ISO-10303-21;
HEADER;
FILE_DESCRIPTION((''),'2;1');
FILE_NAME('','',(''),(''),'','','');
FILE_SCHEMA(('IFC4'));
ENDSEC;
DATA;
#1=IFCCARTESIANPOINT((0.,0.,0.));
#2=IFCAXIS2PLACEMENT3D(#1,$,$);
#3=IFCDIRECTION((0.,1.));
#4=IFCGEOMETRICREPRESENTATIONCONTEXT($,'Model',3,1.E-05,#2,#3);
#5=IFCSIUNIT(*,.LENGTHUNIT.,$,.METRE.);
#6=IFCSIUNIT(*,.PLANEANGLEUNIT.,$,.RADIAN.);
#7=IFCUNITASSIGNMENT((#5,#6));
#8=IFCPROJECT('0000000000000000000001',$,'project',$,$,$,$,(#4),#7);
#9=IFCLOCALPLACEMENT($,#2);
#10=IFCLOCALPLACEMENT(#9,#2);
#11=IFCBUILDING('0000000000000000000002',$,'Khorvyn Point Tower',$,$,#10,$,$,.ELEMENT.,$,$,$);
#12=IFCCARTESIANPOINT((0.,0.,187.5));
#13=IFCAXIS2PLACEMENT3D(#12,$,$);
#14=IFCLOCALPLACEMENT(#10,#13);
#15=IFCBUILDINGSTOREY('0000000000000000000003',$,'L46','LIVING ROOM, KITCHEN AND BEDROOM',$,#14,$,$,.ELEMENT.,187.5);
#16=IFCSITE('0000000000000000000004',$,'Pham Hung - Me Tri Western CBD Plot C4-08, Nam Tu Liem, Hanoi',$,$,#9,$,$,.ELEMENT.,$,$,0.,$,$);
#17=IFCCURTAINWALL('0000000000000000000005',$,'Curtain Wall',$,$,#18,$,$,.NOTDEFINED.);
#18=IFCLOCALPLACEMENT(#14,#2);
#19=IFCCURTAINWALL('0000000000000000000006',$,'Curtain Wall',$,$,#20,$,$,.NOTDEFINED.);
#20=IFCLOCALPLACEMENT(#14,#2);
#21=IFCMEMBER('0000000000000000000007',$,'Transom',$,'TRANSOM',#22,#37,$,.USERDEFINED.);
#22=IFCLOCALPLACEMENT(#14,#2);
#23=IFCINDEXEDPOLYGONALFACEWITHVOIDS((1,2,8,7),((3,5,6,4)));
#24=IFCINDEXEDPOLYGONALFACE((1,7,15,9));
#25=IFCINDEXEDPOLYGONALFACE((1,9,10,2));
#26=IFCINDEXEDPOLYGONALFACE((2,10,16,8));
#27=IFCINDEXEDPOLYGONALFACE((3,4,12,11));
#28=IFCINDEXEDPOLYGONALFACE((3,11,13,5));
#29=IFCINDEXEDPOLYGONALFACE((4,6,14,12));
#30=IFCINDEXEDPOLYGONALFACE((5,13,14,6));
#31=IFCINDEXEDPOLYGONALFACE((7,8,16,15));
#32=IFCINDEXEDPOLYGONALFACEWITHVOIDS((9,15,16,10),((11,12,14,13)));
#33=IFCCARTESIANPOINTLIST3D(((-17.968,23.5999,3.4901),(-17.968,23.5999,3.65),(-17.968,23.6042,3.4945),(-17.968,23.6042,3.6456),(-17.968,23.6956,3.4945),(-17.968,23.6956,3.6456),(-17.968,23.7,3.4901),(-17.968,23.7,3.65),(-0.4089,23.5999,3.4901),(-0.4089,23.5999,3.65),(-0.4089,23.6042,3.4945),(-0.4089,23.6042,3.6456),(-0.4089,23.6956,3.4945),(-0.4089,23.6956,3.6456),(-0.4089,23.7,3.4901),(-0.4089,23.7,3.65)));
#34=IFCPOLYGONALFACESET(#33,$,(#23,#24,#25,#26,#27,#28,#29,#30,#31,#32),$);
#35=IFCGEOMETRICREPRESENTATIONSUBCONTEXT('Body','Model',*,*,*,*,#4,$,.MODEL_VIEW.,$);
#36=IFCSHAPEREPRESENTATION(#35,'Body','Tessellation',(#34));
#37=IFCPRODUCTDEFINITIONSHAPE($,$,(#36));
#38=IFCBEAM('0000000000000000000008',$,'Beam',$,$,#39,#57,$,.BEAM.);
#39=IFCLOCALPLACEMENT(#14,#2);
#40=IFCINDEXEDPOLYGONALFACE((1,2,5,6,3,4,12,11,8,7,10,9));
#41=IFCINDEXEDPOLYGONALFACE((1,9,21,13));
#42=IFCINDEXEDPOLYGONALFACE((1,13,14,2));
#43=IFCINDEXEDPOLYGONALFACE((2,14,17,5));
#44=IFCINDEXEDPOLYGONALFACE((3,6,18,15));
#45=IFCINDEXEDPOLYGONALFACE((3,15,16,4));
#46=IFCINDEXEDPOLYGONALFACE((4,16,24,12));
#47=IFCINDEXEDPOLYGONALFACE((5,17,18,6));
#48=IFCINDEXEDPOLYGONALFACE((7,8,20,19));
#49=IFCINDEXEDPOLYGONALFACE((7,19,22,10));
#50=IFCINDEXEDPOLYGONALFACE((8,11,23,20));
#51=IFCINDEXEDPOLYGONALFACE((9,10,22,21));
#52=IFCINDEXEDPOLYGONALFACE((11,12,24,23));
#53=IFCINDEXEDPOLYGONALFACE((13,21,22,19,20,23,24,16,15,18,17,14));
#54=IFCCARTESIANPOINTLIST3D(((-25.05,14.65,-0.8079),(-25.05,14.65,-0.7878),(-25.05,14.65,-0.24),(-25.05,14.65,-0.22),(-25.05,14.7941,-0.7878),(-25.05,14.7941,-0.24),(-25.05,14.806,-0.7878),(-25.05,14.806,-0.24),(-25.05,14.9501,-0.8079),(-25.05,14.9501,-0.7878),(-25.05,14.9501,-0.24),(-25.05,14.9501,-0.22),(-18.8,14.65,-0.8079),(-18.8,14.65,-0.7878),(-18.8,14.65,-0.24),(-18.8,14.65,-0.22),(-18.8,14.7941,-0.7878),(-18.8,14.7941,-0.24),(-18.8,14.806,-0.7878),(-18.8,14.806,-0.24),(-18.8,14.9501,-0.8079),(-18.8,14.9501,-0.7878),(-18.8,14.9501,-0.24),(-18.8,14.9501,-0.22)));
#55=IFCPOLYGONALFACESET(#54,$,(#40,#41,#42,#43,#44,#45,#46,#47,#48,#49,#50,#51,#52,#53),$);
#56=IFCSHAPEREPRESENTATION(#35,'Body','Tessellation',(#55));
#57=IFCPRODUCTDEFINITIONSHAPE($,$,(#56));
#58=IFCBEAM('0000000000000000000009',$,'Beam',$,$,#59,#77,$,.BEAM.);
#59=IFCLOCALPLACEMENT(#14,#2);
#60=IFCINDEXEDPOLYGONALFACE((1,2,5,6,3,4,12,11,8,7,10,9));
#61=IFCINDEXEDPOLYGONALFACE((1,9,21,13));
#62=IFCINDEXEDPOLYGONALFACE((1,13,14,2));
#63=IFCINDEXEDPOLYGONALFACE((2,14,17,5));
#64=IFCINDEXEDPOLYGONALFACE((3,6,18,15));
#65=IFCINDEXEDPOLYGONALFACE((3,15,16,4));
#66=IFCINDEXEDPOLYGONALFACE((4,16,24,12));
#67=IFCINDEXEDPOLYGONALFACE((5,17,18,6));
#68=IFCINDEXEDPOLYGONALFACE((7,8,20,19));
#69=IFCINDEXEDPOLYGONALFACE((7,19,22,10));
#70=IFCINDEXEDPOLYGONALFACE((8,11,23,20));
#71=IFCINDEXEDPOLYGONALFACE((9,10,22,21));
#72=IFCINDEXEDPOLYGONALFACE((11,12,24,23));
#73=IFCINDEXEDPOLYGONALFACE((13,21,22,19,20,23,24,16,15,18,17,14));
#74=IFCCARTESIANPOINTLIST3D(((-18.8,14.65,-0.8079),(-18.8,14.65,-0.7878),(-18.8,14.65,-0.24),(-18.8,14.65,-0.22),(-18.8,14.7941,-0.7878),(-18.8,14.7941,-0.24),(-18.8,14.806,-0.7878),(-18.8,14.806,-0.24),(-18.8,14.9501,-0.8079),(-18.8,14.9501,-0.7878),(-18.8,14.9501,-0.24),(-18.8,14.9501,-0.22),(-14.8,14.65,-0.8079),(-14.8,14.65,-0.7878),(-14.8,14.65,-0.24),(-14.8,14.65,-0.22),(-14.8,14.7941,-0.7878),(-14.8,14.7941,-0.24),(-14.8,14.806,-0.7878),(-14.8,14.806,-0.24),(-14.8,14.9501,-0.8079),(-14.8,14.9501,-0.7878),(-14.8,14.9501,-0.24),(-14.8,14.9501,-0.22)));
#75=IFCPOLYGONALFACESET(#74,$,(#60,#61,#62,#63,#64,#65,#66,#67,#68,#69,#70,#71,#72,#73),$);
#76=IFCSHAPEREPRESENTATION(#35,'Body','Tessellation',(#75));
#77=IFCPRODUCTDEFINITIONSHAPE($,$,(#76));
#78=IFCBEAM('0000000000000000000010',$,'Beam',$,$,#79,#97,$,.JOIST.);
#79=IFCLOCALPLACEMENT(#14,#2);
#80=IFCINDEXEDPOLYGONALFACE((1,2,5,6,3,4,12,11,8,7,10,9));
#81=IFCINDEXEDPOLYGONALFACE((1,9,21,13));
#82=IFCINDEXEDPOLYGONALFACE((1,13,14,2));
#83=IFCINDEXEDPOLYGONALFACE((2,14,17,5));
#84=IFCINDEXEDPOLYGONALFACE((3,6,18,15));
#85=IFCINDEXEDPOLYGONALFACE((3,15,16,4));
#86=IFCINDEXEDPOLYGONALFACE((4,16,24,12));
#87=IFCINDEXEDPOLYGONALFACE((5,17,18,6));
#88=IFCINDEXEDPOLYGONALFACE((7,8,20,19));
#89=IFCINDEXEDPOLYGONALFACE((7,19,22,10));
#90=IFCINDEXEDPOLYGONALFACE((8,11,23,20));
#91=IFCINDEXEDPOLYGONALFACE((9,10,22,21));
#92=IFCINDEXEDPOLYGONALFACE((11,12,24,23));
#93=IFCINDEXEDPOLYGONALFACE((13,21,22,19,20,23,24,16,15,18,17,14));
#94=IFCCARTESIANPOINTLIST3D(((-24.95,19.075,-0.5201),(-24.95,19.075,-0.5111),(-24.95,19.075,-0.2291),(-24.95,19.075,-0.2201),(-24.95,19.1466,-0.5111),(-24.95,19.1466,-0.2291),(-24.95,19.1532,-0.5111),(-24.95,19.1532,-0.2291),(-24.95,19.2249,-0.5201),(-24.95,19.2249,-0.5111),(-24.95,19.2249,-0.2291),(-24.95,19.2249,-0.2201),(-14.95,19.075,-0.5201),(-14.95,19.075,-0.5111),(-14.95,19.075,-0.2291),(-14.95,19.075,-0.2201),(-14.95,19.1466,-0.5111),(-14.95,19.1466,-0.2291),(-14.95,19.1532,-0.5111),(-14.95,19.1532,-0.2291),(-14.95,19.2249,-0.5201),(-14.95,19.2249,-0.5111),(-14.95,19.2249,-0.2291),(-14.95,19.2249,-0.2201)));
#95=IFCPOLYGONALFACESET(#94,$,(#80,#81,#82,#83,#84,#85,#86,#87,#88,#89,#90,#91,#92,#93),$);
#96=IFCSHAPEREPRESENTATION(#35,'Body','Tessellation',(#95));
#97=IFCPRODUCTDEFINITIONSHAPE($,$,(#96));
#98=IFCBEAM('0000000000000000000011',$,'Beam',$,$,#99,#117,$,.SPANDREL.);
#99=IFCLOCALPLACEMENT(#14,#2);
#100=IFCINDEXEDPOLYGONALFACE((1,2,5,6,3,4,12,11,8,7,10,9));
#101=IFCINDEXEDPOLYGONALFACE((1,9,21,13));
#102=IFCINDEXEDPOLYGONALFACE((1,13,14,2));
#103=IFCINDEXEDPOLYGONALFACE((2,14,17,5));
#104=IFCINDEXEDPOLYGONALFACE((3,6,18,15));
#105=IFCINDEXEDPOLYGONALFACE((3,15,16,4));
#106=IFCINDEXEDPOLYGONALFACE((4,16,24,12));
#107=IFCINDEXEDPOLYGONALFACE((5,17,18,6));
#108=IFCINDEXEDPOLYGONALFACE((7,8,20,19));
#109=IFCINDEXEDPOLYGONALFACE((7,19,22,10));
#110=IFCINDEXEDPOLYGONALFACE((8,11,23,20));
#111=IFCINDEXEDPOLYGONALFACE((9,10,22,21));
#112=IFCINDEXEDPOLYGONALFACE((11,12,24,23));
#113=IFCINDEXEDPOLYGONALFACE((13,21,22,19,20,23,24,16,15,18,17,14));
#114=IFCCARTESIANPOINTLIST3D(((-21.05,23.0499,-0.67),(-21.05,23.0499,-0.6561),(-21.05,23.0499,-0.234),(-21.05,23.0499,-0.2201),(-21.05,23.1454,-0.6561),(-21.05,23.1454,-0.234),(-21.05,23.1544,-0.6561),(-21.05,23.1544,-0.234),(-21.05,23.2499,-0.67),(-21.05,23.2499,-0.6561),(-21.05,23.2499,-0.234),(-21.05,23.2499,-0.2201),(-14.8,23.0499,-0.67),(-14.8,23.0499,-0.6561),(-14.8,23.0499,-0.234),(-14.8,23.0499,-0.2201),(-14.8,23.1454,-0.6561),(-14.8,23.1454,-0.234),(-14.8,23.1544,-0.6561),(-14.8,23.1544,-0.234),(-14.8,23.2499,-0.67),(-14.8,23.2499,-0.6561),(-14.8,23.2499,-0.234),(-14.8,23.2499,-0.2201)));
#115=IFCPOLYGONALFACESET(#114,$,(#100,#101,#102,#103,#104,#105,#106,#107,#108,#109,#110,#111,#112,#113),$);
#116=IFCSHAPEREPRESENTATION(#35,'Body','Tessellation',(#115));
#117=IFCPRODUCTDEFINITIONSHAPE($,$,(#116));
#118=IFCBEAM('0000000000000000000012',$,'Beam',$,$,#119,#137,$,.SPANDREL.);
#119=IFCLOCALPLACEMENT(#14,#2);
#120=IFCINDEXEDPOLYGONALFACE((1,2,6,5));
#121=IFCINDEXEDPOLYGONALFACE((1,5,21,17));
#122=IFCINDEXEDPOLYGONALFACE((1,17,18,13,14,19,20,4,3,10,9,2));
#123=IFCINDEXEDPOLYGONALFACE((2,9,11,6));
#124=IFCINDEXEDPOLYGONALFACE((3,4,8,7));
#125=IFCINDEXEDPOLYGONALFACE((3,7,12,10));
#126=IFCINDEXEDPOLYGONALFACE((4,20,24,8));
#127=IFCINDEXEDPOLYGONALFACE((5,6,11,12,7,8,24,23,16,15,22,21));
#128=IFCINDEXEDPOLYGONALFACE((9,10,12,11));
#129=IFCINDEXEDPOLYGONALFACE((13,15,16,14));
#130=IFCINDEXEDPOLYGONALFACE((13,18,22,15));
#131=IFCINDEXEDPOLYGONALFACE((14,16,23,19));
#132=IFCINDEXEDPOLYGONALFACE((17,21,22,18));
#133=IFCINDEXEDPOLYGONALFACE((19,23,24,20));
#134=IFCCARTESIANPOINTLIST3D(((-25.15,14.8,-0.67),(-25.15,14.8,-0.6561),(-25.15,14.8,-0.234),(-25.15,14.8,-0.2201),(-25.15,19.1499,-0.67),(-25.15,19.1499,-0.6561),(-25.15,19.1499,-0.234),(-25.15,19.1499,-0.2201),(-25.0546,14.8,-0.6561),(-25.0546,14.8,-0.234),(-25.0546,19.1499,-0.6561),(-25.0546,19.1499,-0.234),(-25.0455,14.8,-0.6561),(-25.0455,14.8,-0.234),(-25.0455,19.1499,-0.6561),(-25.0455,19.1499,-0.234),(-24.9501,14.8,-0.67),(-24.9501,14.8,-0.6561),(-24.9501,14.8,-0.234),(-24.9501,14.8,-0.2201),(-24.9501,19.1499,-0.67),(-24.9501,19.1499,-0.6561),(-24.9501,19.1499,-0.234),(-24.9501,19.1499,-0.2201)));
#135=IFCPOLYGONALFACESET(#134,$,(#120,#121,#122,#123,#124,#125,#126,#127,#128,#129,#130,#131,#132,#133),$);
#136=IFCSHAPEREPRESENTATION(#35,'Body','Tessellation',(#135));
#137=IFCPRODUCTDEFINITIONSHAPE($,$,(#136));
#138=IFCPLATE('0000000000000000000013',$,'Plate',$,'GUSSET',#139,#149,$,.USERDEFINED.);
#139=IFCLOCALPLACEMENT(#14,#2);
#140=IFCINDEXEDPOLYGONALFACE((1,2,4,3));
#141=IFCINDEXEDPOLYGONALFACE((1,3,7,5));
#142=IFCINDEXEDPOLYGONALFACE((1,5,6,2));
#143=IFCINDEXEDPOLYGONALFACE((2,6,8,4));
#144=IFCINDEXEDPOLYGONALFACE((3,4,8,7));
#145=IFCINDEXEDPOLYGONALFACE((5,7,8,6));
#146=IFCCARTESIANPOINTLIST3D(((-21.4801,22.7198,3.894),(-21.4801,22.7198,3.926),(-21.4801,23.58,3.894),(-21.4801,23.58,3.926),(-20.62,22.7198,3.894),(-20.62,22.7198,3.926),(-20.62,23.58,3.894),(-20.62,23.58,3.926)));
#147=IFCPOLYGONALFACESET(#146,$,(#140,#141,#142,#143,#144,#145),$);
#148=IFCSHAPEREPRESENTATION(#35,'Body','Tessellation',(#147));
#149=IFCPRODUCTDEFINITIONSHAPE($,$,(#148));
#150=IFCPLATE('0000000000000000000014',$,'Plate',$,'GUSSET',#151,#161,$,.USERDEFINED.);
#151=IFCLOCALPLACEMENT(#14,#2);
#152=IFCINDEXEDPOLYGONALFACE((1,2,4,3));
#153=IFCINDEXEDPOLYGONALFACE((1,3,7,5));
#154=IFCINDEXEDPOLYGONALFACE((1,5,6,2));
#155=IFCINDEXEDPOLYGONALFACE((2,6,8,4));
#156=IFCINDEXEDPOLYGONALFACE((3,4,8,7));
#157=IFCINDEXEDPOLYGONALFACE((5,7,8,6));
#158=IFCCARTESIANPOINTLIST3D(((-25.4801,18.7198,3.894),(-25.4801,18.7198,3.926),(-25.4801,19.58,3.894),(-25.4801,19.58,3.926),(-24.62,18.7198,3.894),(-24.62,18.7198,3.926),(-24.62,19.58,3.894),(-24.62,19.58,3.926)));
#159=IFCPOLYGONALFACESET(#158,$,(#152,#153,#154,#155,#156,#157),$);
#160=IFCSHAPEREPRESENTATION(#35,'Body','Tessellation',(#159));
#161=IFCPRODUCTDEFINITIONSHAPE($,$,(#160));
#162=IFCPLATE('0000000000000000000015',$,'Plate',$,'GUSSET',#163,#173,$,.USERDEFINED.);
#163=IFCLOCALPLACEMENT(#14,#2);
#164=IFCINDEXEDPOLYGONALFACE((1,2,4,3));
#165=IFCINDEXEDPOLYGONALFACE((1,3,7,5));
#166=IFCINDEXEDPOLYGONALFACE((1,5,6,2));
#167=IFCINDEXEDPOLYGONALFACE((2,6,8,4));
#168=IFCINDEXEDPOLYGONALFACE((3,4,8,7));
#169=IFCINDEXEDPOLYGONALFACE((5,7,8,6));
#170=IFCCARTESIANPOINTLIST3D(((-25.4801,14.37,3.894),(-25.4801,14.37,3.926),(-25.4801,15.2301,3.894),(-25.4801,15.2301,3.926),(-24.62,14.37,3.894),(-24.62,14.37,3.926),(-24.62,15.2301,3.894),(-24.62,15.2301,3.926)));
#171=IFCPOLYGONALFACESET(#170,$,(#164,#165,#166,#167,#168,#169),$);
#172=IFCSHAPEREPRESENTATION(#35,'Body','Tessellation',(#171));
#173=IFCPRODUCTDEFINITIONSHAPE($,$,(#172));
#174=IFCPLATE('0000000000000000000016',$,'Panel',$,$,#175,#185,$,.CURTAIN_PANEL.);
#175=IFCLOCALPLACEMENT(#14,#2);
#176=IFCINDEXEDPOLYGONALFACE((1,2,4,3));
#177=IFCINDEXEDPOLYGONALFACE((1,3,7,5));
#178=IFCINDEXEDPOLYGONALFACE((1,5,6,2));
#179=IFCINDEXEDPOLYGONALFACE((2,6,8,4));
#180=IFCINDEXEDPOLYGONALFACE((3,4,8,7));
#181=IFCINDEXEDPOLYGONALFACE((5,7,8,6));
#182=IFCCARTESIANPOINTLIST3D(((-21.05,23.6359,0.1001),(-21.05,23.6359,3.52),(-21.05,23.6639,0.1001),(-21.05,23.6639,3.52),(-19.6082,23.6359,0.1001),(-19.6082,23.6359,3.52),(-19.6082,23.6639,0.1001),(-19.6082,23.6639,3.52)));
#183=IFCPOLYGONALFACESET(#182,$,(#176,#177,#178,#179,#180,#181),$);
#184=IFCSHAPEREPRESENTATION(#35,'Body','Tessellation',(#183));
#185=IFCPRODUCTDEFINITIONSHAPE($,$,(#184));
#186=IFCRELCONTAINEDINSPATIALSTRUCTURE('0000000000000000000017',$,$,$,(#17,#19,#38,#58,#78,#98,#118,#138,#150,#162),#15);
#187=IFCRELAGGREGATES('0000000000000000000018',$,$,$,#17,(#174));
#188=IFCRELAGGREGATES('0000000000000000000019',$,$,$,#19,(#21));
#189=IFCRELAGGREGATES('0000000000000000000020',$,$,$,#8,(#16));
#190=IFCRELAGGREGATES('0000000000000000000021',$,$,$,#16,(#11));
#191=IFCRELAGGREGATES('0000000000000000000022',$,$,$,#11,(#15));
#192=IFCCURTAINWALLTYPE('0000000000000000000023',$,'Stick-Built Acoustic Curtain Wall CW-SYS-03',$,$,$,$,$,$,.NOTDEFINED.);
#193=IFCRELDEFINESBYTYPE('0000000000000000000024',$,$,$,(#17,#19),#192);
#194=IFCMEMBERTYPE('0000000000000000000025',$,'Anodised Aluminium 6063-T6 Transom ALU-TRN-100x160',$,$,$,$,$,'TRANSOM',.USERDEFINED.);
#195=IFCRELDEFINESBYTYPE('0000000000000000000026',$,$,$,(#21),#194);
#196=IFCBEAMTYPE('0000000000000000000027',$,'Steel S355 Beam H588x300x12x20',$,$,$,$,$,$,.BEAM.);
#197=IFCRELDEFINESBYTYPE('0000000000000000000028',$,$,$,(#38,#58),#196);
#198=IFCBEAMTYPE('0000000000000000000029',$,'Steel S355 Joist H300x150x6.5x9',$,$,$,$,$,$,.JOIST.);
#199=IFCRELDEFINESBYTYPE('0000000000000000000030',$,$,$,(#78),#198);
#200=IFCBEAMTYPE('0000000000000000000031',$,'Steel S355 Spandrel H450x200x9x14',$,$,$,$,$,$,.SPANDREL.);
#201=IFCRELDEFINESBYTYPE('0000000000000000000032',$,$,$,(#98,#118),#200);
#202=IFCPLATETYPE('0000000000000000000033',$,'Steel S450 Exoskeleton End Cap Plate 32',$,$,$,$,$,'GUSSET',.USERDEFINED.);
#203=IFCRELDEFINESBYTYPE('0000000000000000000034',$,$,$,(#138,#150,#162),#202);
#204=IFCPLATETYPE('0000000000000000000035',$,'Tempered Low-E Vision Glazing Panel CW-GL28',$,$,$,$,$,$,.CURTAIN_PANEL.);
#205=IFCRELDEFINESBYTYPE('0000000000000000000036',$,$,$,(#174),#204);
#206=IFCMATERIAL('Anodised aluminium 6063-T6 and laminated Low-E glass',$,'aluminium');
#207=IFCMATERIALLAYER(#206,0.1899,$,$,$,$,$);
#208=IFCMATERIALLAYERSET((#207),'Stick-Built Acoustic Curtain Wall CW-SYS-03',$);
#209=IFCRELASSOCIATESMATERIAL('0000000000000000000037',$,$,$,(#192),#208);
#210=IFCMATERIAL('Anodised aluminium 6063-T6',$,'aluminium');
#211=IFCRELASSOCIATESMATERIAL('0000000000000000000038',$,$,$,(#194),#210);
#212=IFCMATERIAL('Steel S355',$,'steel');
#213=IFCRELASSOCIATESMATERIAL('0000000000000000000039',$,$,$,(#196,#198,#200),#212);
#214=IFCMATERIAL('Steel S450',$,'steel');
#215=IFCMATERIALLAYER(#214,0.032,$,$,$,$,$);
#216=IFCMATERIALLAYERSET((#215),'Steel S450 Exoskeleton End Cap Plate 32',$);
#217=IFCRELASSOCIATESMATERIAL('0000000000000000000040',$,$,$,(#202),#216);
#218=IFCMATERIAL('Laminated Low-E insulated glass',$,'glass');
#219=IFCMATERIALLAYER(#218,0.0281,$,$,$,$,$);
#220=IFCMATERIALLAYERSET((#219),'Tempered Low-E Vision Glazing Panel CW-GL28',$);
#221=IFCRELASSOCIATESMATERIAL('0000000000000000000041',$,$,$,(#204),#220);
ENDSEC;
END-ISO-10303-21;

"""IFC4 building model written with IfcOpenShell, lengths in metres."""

from ifc_helpers import new_model, si_unit, direction, frame, origin, origin_2d, place, context, subcontext, project, spatial, rectangle, hollow_rectangle, i_section, extrude, material, layer, layer_set, material_profile, profile_set, type_object, element, aggregate, save


model = new_model("IFC4")

# Units and contexts
model_context = context("Model", 3, precision=1e-05, world=origin(), true_north=direction((0.0, 1.0)))
body_context = subcontext(model_context, "Body", "Model", "MODEL_VIEW")
ifc_project = project(units=[si_unit("LENGTHUNIT", "METRE"), si_unit("PLANEANGLEUNIT", "RADIAN")], contexts=[model_context])

# Site, building, storey
site_placement = place(None, origin())
site = spatial("IfcSite", under=ifc_project, at=site_placement, Name="Pham Hung - Me Tri Western CBD Plot C4-08, Nam Tu Liem, Hanoi", CompositionType="ELEMENT", RefElevation=0.0)
building_placement = place(site_placement, origin())
building = spatial("IfcBuilding", under=site, at=building_placement, Name="Khorvyn Point Tower", CompositionType="ELEMENT")
storey_placement = place(building_placement, frame((0.0, 0.0, 187.5)))
storey = spatial("IfcBuildingStorey", under=building, at=storey_placement, Name="L46", Description="LIVING ROOM, KITCHEN AND BEDROOM", CompositionType="ELEMENT", Elevation=187.5)

# Shared definitions
ifc_material_1 = material(Name="Steel S450", Category="steel")

# Curtain wall
ifc_material_2 = material(Name="Anodised aluminium 6063-T6 and laminated Low-E glass", Category="aluminium")
ifc_layer_1 = layer(ifc_material_2, 0.1899)
ifc_layer_set_1 = layer_set([ifc_layer_1], Name="Stick-Built Acoustic Curtain Wall CW-SYS-03")
curtain_wall_type = type_object("IfcCurtainWallType", Name="Stick-Built Acoustic Curtain Wall CW-SYS-03", PredefinedType="NOTDEFINED", material=ifc_layer_set_1)
curtain_wall_1_placement = place(storey_placement, origin())
curtain_wall_1 = element("IfcCurtainWall", 1, at=curtain_wall_1_placement, inside=storey, type_object=curtain_wall_type, Name="Curtain Wall", PredefinedType="NOTDEFINED")
ifc_material_3 = material(Name="Anodised aluminium 6063-T6", Category="aluminium")

# Curtain wall
curtain_wall_2_placement = place(storey_placement, origin())
curtain_wall_2 = element("IfcCurtainWall", 2, at=curtain_wall_2_placement, inside=storey, type_object=curtain_wall_type, Name="Curtain Wall", PredefinedType="NOTDEFINED")

# Member
ifc_material_profile_1 = material_profile(ifc_material_3, hollow_rectangle(XDim=0.1001, YDim=0.1599, WallThickness=0.0044, at=origin_2d()))
ifc_profile_set_1 = profile_set([ifc_material_profile_1], Name="Anodised aluminium 6063-T6 ALU-TRN-100x160")
member_type_1 = type_object("IfcMemberType", Name="Anodised Aluminium 6063-T6 Transom ALU-TRN-100x160", ElementType="TRANSOM", PredefinedType="USERDEFINED", material=ifc_profile_set_1)
member_1_placement = place(storey_placement, frame((-17.968, 23.6499, 3.5701), z_axis=(1.0, 0.0, 0.0), x_axis=(0.0, 1.0, 0.0)))
member_1 = element("IfcMember", 3, at=member_1_placement, type_object=member_type_1, Name="Transom", ObjectType="TRANSOM", PredefinedType="USERDEFINED", context=body_context, shape_type="SweptSolid", body=[
    extrude(hollow_rectangle(XDim=0.1001, YDim=0.1599, WallThickness=0.0044, at=origin_2d()), origin(), (0.0, 0.0, 1.0), 17.5591),
])

# Beams
ifc_material_4 = material(Name="Steel S355", Category="steel")
ifc_material_profile_2 = material_profile(ifc_material_4, i_section(OverallWidth=0.3, OverallDepth=0.5879, WebThickness=0.012, FlangeThickness=0.02, at=origin_2d()))
ifc_profile_set_2 = profile_set([ifc_material_profile_2], Name="Steel S355 H588x300x12x20")
beam_type_1 = type_object("IfcBeamType", Name="Steel S355 Beam H588x300x12x20", PredefinedType="BEAM", material=ifc_profile_set_2)
beam_1_placement = place(storey_placement, frame((-25.05, 14.8, -0.5139), z_axis=(1.0, 0.0, 0.0), x_axis=(0.0, 1.0, 0.0)))
element("IfcBeam", 4, at=beam_1_placement, inside=storey, type_object=beam_type_1, Name="Beam", PredefinedType="BEAM", context=body_context, shape_type="SweptSolid", body=[
    extrude(i_section(OverallWidth=0.3, OverallDepth=0.5879, WebThickness=0.012, FlangeThickness=0.02, at=origin_2d()), origin(), (0.0, 0.0, 1.0), 6.25),
])
beam_2_placement = place(storey_placement, frame((-18.8, 14.8, -0.5139), z_axis=(1.0, 0.0, 0.0), x_axis=(0.0, 1.0, 0.0)))
element("IfcBeam", 5, at=beam_2_placement, inside=storey, type_object=beam_type_1, Name="Beam", PredefinedType="BEAM", context=body_context, shape_type="SweptSolid", body=[
    extrude(i_section(OverallWidth=0.3, OverallDepth=0.5879, WebThickness=0.012, FlangeThickness=0.02, at=origin_2d()), origin(), (0.0, 0.0, 1.0), 4.0),
])
ifc_material_profile_3 = material_profile(ifc_material_4, i_section(OverallWidth=0.1499, OverallDepth=0.3, WebThickness=0.0066, FlangeThickness=0.009, at=origin_2d()))
ifc_profile_set_3 = profile_set([ifc_material_profile_3], Name="Steel S355 H300x150x6.5x9")
beam_type_2 = type_object("IfcBeamType", Name="Steel S355 Joist H300x150x6.5x9", PredefinedType="JOIST", material=ifc_profile_set_3)
beam_3_placement = place(storey_placement, frame((-24.95, 19.1499, -0.3701), z_axis=(1.0, 0.0, 0.0), x_axis=(0.0, 1.0, 0.0)))
element("IfcBeam", 6, at=beam_3_placement, inside=storey, type_object=beam_type_2, Name="Beam", PredefinedType="JOIST", context=body_context, shape_type="SweptSolid", body=[
    extrude(i_section(OverallWidth=0.1499, OverallDepth=0.3, WebThickness=0.0066, FlangeThickness=0.009, at=origin_2d()), origin(), (0.0, 0.0, 1.0), 10.0),
])
ifc_material_profile_4 = material_profile(ifc_material_4, i_section(OverallWidth=0.2, OverallDepth=0.45, WebThickness=0.009, FlangeThickness=0.0139, at=origin_2d()))
ifc_profile_set_4 = profile_set([ifc_material_profile_4], Name="Steel S355 H450x200x9x14")
beam_type_3 = type_object("IfcBeamType", Name="Steel S355 Spandrel H450x200x9x14", PredefinedType="SPANDREL", material=ifc_profile_set_4)
beam_4_placement = place(storey_placement, frame((-21.05, 23.1499, -0.4451), z_axis=(1.0, 0.0, 0.0), x_axis=(0.0, 1.0, 0.0)))
element("IfcBeam", 7, at=beam_4_placement, inside=storey, type_object=beam_type_3, Name="Beam", PredefinedType="SPANDREL", context=body_context, shape_type="SweptSolid", body=[
    extrude(i_section(OverallWidth=0.2, OverallDepth=0.45, WebThickness=0.009, FlangeThickness=0.0139, at=origin_2d()), origin(), (0.0, 0.0, 1.0), 6.25),
])
beam_5_placement = place(storey_placement, frame((-25.05, 14.8, -0.4451), z_axis=(0.0, 1.0, 0.0), x_axis=(-1.0, 0.0, 0.0)))
element("IfcBeam", 8, at=beam_5_placement, inside=storey, type_object=beam_type_3, Name="Beam", PredefinedType="SPANDREL", context=body_context, shape_type="SweptSolid", body=[
    extrude(i_section(OverallWidth=0.2, OverallDepth=0.45, WebThickness=0.009, FlangeThickness=0.0139, at=origin_2d()), origin(), (0.0, 0.0, 1.0), 4.3499),
])

# Plates
ifc_layer_2 = layer(ifc_material_1, 0.032)
ifc_layer_set_2 = layer_set([ifc_layer_2], Name="Steel S450 Exoskeleton End Cap Plate 32")
plate_type_1 = type_object("IfcPlateType", Name="Steel S450 Exoskeleton End Cap Plate 32", ElementType="GUSSET", PredefinedType="USERDEFINED", material=ifc_layer_set_2)
for number, where, z_axis, x_axis, name in (
    (9, (-21.05, 23.1499, 3.894), (0.0, 0.0, 1.0), (1.0, 0.0, 0.0), "Plate"),
    (10, (-25.05, 19.1499, 3.894), (0.0, 0.0, 1.0), (1.0, 0.0, 0.0), "Plate"),
    (11, (-25.05, 14.8, 3.894), (0.0, 0.0, 1.0), (1.0, 0.0, 0.0), "Plate"),
):
    element("IfcPlate", number, at=place(storey_placement, frame(where, z_axis=z_axis, x_axis=x_axis)), inside=storey, type_object=plate_type_1, Name=name, ObjectType="GUSSET", PredefinedType="USERDEFINED", context=body_context, shape_type="SweptSolid", body=[
        extrude(rectangle(XDim=0.8601, YDim=0.8601, at=origin_2d()), origin(), (0.0, 0.0, 1.0), 0.032),
    ])

# Plate
ifc_material_5 = material(Name="Laminated Low-E insulated glass", Category="glass")
ifc_layer_3 = layer(ifc_material_5, 0.0281)
ifc_layer_set_3 = layer_set([ifc_layer_3], Name="Tempered Low-E Vision Glazing Panel CW-GL28")
plate_type_2 = type_object("IfcPlateType", Name="Tempered Low-E Vision Glazing Panel CW-GL28", PredefinedType="CURTAIN_PANEL", material=ifc_layer_set_3)
plate_1_placement = place(storey_placement, frame((-20.3291, 23.6499, 0.1001), z_axis=(0.0, 0.0, 1.0), x_axis=(1.0, 0.0, 0.0)))
plate_1 = element("IfcPlate", 12, at=plate_1_placement, type_object=plate_type_2, Name="Panel", PredefinedType="CURTAIN_PANEL", context=body_context, shape_type="SweptSolid", body=[
    extrude(rectangle(XDim=1.4419, YDim=0.0281, at=origin_2d()), origin(), (0.0, 0.0, 1.0), 3.4199),
])
aggregate(curtain_wall_1, [plate_1])
aggregate(curtain_wall_2, [member_1])

save(model, "model.ifc")
